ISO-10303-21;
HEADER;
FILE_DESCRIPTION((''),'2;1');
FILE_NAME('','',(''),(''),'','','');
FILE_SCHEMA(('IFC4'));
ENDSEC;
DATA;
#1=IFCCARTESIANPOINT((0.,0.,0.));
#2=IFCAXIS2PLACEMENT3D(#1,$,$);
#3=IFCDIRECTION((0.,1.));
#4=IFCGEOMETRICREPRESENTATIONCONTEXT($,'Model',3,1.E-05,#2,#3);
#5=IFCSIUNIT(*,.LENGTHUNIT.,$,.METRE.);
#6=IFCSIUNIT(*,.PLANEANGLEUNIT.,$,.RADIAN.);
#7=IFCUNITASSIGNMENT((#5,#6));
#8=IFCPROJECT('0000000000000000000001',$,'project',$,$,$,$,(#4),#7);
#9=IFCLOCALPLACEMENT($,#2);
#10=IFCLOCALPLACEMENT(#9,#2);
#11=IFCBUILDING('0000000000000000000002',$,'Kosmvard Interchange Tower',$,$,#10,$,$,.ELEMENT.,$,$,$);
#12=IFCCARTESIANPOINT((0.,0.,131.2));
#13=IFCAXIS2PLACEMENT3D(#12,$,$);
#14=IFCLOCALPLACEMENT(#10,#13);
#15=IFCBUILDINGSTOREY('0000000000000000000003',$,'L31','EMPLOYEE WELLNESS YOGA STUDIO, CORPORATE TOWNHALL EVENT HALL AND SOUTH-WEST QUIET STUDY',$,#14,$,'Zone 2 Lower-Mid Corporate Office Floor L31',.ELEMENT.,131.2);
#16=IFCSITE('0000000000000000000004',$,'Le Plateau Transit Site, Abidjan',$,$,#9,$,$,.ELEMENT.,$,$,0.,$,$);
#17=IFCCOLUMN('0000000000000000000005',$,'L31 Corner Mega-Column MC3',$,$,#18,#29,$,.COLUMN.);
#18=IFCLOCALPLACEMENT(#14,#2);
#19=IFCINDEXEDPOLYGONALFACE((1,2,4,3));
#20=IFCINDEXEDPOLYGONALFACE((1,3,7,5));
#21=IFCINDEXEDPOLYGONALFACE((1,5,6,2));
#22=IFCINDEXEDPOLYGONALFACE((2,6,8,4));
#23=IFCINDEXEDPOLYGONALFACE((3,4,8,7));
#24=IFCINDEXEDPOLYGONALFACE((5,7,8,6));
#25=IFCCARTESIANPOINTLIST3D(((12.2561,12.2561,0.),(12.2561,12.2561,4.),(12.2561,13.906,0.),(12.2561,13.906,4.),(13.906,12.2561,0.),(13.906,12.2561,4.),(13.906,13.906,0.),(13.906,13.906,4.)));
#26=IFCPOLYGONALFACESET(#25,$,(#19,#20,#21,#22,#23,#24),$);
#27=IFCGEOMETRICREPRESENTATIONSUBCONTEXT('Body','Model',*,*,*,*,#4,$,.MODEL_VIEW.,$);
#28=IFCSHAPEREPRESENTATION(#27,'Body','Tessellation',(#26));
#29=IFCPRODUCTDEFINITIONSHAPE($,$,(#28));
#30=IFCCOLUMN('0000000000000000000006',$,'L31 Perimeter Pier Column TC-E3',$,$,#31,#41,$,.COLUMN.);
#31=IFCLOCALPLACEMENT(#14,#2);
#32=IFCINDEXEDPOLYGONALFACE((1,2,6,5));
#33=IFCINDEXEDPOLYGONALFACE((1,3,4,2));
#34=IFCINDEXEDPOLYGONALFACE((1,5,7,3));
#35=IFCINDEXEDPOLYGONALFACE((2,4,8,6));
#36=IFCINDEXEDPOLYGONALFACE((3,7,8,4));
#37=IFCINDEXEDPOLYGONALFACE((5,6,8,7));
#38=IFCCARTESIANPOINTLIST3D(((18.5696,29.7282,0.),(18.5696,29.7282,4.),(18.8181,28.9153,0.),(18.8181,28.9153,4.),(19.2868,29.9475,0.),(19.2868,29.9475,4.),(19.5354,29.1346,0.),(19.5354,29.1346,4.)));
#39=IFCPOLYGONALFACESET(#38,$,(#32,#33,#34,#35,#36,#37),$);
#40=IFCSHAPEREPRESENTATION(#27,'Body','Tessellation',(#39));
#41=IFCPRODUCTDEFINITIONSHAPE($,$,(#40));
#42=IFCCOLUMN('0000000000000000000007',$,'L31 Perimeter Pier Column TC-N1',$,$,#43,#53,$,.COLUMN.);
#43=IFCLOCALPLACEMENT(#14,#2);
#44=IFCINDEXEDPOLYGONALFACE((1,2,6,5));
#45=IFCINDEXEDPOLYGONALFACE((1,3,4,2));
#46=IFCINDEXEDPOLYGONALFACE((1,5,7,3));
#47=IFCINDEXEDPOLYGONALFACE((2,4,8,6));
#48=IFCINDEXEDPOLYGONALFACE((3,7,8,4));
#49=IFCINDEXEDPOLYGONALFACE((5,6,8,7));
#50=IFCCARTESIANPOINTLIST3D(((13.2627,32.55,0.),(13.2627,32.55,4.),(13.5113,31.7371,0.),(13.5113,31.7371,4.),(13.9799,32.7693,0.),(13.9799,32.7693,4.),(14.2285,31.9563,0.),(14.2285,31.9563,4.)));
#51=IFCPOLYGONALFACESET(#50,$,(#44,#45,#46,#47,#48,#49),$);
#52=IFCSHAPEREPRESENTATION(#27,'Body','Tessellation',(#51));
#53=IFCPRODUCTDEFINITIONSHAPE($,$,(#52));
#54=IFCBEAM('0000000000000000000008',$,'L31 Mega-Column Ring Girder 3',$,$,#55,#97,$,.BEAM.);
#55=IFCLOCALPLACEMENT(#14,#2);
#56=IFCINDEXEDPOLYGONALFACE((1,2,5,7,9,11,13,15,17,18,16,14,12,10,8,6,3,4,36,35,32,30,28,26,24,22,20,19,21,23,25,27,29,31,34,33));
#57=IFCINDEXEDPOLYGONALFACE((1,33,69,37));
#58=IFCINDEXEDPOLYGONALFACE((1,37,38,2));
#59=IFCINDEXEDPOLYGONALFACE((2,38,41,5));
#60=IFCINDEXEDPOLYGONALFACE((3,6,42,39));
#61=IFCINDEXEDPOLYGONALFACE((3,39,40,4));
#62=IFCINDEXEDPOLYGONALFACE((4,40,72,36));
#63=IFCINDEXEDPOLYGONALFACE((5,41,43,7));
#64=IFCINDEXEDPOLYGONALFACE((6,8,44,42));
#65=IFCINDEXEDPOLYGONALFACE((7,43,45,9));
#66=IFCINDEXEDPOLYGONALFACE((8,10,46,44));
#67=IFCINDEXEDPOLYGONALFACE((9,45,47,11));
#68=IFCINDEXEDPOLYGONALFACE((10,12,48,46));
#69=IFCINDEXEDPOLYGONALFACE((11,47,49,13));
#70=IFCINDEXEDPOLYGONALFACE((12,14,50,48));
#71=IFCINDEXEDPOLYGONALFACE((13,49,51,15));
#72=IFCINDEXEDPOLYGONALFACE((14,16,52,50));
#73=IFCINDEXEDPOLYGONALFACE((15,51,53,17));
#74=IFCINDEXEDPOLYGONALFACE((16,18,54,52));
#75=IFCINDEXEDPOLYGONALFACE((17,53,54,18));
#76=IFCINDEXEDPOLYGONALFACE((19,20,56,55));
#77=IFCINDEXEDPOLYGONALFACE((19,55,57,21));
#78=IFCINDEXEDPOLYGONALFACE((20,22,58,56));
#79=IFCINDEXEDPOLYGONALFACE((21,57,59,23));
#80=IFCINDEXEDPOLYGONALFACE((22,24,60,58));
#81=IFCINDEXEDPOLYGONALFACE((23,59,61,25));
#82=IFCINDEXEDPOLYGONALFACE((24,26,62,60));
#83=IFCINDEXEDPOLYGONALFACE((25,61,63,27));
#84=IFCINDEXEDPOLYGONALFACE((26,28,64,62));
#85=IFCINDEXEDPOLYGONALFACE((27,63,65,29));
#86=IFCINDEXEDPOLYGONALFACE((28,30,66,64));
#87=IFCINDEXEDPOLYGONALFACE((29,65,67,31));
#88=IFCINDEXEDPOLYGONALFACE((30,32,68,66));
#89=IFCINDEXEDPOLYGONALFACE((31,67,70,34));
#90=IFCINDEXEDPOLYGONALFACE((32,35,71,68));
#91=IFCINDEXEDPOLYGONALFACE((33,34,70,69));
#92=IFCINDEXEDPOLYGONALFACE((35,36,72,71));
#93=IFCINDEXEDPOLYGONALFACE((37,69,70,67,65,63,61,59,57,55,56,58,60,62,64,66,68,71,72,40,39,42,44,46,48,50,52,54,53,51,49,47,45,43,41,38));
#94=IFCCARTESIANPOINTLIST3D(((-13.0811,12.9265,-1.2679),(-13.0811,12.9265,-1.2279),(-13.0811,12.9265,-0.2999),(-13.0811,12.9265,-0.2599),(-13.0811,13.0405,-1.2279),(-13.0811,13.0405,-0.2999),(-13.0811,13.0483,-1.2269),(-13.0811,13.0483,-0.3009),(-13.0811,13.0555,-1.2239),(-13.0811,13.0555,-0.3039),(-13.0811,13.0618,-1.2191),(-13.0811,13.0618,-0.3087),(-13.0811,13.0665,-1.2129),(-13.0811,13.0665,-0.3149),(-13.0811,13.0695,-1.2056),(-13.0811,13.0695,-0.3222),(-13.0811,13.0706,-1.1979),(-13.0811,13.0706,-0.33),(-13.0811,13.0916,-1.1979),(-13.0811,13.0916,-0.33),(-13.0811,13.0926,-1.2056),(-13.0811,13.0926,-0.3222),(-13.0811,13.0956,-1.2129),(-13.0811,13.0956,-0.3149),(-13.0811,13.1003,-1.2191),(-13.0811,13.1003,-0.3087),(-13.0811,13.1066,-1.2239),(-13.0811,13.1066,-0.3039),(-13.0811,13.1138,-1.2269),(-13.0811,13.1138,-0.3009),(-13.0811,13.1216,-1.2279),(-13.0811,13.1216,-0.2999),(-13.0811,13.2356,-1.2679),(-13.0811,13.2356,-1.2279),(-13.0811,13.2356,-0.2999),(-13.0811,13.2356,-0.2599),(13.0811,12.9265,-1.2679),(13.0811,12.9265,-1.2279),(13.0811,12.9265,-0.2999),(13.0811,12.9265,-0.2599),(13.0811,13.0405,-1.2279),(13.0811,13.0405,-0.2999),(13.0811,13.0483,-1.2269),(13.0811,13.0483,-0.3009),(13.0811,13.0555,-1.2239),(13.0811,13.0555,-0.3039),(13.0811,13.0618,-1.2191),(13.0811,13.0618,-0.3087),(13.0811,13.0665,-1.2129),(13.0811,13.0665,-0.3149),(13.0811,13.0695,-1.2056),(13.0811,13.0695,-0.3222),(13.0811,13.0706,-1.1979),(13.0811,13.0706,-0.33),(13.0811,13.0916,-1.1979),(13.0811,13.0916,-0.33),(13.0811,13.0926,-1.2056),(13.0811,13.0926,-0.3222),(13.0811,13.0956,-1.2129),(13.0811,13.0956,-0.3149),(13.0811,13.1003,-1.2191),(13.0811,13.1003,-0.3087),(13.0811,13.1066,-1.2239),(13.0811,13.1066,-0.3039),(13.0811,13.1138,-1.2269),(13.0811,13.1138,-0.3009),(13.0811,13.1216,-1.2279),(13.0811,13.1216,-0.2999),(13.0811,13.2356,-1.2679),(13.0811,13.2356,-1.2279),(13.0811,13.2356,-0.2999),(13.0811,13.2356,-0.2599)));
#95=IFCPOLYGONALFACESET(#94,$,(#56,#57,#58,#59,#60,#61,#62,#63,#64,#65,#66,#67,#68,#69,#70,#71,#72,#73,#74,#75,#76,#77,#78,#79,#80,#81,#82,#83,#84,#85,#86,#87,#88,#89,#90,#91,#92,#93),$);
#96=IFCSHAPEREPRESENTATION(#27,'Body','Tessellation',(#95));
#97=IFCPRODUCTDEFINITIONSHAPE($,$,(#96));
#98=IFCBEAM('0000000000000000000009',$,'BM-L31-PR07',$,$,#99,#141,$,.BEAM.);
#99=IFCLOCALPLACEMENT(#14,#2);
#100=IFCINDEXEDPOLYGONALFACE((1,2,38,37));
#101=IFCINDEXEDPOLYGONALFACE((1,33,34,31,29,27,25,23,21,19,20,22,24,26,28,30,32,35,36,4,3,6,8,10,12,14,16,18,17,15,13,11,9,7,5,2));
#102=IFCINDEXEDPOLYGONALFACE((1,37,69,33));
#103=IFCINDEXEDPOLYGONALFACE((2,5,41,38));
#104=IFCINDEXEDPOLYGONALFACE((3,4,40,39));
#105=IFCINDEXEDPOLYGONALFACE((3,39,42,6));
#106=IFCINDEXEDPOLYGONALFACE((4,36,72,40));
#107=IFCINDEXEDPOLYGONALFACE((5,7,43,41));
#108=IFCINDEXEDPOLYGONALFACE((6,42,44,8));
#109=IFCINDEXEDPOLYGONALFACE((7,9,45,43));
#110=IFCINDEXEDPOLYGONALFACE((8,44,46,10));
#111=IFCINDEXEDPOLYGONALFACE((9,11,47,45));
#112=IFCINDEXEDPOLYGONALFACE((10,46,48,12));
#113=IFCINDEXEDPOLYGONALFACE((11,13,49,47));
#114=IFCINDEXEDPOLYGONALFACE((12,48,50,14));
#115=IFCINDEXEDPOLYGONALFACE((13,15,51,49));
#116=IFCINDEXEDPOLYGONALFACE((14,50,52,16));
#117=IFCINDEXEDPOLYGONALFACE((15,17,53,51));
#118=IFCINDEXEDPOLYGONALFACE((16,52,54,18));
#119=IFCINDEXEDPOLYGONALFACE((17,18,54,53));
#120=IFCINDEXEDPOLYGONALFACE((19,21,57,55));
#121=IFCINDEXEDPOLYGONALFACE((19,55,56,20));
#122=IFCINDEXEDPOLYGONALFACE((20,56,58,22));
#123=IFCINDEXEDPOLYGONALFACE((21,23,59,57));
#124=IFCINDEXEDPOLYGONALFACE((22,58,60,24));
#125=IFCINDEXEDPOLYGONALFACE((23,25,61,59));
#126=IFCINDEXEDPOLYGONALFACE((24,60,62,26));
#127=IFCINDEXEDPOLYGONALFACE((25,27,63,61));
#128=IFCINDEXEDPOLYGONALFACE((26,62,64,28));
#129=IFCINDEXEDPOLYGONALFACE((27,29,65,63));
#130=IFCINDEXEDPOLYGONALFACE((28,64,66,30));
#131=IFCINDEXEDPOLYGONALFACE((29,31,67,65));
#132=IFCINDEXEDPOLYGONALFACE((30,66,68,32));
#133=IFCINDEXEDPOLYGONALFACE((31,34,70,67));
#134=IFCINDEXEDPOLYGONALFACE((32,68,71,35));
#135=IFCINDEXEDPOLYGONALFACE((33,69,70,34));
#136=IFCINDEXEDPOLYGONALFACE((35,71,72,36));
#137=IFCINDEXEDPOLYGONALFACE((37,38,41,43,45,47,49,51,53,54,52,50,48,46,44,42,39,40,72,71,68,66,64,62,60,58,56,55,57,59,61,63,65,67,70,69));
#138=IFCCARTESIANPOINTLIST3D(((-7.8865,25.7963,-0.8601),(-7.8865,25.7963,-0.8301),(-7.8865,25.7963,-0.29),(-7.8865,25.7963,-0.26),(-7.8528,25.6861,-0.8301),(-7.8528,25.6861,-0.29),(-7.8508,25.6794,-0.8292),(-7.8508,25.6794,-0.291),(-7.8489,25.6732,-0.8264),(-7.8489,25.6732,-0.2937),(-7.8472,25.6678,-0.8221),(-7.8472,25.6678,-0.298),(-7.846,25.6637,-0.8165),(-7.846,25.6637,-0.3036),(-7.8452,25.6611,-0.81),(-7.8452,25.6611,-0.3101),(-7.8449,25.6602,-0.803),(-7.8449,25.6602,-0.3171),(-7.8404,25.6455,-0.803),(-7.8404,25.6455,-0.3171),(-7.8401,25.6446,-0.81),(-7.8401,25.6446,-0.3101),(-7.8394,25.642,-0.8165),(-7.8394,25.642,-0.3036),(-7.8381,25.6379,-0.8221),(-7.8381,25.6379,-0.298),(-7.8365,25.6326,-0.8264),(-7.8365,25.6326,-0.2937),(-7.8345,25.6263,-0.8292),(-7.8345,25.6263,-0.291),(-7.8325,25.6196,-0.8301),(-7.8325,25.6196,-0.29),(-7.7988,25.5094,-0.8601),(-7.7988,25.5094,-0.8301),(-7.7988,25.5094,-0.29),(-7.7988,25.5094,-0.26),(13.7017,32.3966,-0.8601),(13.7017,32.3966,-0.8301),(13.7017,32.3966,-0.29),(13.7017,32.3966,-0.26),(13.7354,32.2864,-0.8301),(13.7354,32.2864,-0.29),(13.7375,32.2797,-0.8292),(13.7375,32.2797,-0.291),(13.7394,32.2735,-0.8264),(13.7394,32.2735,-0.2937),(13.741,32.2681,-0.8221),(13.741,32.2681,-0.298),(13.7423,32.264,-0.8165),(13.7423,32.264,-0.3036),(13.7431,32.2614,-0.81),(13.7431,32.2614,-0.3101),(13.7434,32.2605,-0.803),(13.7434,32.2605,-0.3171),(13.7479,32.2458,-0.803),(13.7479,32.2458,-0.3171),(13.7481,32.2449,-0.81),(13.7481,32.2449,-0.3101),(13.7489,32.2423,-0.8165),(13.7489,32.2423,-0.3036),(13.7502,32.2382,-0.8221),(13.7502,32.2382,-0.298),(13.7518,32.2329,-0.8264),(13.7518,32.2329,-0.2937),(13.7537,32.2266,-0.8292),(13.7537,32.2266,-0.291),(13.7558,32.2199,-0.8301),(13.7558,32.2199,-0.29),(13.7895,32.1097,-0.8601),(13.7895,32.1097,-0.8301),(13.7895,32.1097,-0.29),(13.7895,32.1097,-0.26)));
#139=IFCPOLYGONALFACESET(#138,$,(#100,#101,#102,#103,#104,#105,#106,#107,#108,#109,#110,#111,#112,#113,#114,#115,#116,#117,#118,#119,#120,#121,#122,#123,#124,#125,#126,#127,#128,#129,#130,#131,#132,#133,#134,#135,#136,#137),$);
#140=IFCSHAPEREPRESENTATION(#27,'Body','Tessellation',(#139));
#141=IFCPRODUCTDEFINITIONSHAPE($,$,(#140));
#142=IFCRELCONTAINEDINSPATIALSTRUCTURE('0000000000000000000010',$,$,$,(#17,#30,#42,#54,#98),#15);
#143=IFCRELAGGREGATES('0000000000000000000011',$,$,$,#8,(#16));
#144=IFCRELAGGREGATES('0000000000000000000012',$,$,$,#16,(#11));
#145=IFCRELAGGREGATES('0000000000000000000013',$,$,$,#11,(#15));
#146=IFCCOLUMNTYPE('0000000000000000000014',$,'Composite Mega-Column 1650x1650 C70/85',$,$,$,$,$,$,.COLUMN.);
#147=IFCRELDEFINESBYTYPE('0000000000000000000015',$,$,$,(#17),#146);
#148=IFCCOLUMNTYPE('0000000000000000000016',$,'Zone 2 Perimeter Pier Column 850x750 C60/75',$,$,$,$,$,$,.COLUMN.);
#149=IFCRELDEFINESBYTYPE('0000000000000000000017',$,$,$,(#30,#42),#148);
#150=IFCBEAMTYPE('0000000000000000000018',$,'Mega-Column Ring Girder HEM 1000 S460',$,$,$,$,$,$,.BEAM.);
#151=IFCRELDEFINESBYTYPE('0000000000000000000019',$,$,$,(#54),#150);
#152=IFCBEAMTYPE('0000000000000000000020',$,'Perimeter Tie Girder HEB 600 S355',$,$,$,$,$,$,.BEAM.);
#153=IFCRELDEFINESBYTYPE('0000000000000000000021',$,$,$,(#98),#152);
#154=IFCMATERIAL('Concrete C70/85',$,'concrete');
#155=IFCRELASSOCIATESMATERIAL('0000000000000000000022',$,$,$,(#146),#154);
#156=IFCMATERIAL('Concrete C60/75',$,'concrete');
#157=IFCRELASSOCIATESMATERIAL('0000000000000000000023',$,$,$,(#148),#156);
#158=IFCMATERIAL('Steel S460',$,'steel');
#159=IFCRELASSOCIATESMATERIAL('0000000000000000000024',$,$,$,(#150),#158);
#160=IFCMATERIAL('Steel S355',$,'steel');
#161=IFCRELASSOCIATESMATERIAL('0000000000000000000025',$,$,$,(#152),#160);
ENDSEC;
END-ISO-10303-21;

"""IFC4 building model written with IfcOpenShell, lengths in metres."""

from ifc_helpers import new_model, si_unit, direction, frame, origin, origin_2d, place, context, subcontext, project, spatial, rectangle, i_section, extrude, source, transform, mapped, material, material_profile, profile_set, type_object, element, save


model = new_model("IFC4")

# Units and contexts
model_context = context("Model", 3, precision=1e-05, world=origin(), true_north=direction((0.0, 1.0)))
body_context = subcontext(model_context, "Body", "Model", "MODEL_VIEW")
ifc_project = project(units=[si_unit("LENGTHUNIT", "METRE"), si_unit("PLANEANGLEUNIT", "RADIAN")], contexts=[model_context])

# Site, building, storey
site_placement = place(None, origin())
site = spatial("IfcSite", under=ifc_project, at=site_placement, Name="Le Plateau Transit Site, Abidjan", CompositionType="ELEMENT", RefElevation=0.0)
building_placement = place(site_placement, origin())
building = spatial("IfcBuilding", under=site, at=building_placement, Name="Kosmvard Interchange Tower", CompositionType="ELEMENT")
storey_placement = place(building_placement, frame((0.0, 0.0, 131.2)))
storey = spatial("IfcBuildingStorey", under=building, at=storey_placement, Name="L31", Description="EMPLOYEE WELLNESS YOGA STUDIO, CORPORATE TOWNHALL EVENT HALL AND SOUTH-WEST QUIET STUDY", LongName="Zone 2 Lower-Mid Corporate Office Floor L31", CompositionType="ELEMENT", Elevation=131.2)

# Columns
ifc_material_1 = material(Name="Concrete C70/85", Category="concrete")
ifc_material_profile_1 = material_profile(ifc_material_1, rectangle(XDim=1.6499, YDim=1.6499, at=origin_2d()), Name="MC 1650x1650")
ifc_profile_set_1 = profile_set([ifc_material_profile_1], Name="Concrete C70/85")
column_type_1 = type_object("IfcColumnType", Name="Composite Mega-Column 1650x1650 C70/85", PredefinedType="COLUMN", material=ifc_profile_set_1)
shared_shape_1 = source(origin(), body_context, "Body", "SweptSolid", [
    extrude(rectangle(XDim=1.6499, YDim=1.6499, at=origin_2d()), origin(), (0.0, 0.0, 1.0), 4.0),
])
column_placement = place(storey_placement, frame((13.0811, 13.0811, 0.0), z_axis=(0.0, 0.0, 1.0), x_axis=(1.0, 0.0, 0.0)))
element("IfcColumn", 1, at=column_placement, inside=storey, type_object=column_type_1, Name="L31 Corner Mega-Column MC3", PredefinedType="COLUMN", context=body_context, shape_type="MappedRepresentation", body=[
    mapped(shared_shape_1, transform((0.0, 0.0, 0.0), scale=1.0)),
])
ifc_material_2 = material(Name="Concrete C60/75", Category="concrete")
ifc_material_profile_2 = material_profile(ifc_material_2, rectangle(XDim=0.75, YDim=0.8501, at=origin_2d()), Name="TC 850x750")
ifc_profile_set_2 = profile_set([ifc_material_profile_2], Name="Concrete C60/75")
column_type_2 = type_object("IfcColumnType", Name="Zone 2 Perimeter Pier Column 850x750 C60/75", PredefinedType="COLUMN", material=ifc_profile_set_2)
shared_shape_2 = source(origin(), body_context, "Body", "SweptSolid", [
    extrude(rectangle(XDim=0.75, YDim=0.8501, at=origin_2d()), origin(), (0.0, 0.0, 1.0), 4.0),
])
for number, where, z_axis, x_axis, name in (
    (2, (19.0525, 29.4314, 0.0), (0.0, 0.0, 1.0), (0.956305, 0.292372, 0.0), "L31 Perimeter Pier Column TC-E3"),
    (3, (13.7456, 32.2532, 0.0), (0.0, 0.0, 1.0), (0.956305, 0.292372, 0.0), "L31 Perimeter Pier Column TC-N1"),
):
    element("IfcColumn", number, at=place(storey_placement, frame(where, z_axis=z_axis, x_axis=x_axis)), inside=storey, type_object=column_type_2, Name=name, PredefinedType="COLUMN", context=body_context, shape_type="MappedRepresentation", body=[
        mapped(shared_shape_2, transform((0.0, 0.0, 0.0), scale=1.0)),
    ])

# Beams
ifc_material_3 = material(Name="Steel S460", Category="steel")
ifc_material_profile_3 = material_profile(ifc_material_3, i_section(OverallWidth=0.3091, OverallDepth=1.0081, WebThickness=0.021, FlangeThickness=0.04, FilletRadius=0.03, at=origin_2d()), Name="HEM 1000")
ifc_profile_set_3 = profile_set([ifc_material_profile_3], Name="Steel S460")
beam_type_1 = type_object("IfcBeamType", Name="Mega-Column Ring Girder HEM 1000 S460", PredefinedType="BEAM", material=ifc_profile_set_3)
shared_shape_3 = source(origin(), body_context, "Body", "SweptSolid", [
    extrude(i_section(OverallWidth=0.3091, OverallDepth=1.0081, WebThickness=0.021, FlangeThickness=0.04, FilletRadius=0.03, at=origin_2d()), origin(), (0.0, 0.0, 1.0), 26.1621),
])
beam_1_placement = place(storey_placement, frame((13.0811, 13.0811, -0.7639), z_axis=(-1.0, 0.0, 0.0), x_axis=(0.0, -1.0, 0.0)))
element("IfcBeam", 4, at=beam_1_placement, inside=storey, type_object=beam_type_1, Name="L31 Mega-Column Ring Girder 3", PredefinedType="BEAM", context=body_context, shape_type="MappedRepresentation", body=[
    mapped(shared_shape_3, transform((0.0, 0.0, 0.0), scale=1.0)),
])
ifc_material_4 = material(Name="Steel S355", Category="steel")
ifc_material_profile_4 = material_profile(ifc_material_4, i_section(OverallWidth=0.3, OverallDepth=0.6001, WebThickness=0.0154, FlangeThickness=0.03, FilletRadius=0.0271, at=origin_2d()), Name="HEB 600")
ifc_profile_set_4 = profile_set([ifc_material_profile_4], Name="Steel S355")
beam_type_2 = type_object("IfcBeamType", Name="Perimeter Tie Girder HEB 600 S355", PredefinedType="BEAM", material=ifc_profile_set_4)
shared_shape_4 = source(origin(), body_context, "Body", "SweptSolid", [
    extrude(i_section(OverallWidth=0.3, OverallDepth=0.6001, WebThickness=0.0154, FlangeThickness=0.03, FilletRadius=0.0271, at=origin_2d()), origin(), (0.0, 0.0, 1.0), 22.5747),
])
beam_2_placement = place(storey_placement, frame((13.7456, 32.2532, -0.5601), z_axis=(-0.956303, -0.292376, 0.0), x_axis=(0.292376, -0.956303, 0.0)))
element("IfcBeam", 5, at=beam_2_placement, inside=storey, type_object=beam_type_2, Name="BM-L31-PR07", PredefinedType="BEAM", context=body_context, shape_type="MappedRepresentation", body=[
    mapped(shared_shape_4, transform((0.0, 0.0, 0.0), scale=1.0)),
])

save(model, "model.ifc")
